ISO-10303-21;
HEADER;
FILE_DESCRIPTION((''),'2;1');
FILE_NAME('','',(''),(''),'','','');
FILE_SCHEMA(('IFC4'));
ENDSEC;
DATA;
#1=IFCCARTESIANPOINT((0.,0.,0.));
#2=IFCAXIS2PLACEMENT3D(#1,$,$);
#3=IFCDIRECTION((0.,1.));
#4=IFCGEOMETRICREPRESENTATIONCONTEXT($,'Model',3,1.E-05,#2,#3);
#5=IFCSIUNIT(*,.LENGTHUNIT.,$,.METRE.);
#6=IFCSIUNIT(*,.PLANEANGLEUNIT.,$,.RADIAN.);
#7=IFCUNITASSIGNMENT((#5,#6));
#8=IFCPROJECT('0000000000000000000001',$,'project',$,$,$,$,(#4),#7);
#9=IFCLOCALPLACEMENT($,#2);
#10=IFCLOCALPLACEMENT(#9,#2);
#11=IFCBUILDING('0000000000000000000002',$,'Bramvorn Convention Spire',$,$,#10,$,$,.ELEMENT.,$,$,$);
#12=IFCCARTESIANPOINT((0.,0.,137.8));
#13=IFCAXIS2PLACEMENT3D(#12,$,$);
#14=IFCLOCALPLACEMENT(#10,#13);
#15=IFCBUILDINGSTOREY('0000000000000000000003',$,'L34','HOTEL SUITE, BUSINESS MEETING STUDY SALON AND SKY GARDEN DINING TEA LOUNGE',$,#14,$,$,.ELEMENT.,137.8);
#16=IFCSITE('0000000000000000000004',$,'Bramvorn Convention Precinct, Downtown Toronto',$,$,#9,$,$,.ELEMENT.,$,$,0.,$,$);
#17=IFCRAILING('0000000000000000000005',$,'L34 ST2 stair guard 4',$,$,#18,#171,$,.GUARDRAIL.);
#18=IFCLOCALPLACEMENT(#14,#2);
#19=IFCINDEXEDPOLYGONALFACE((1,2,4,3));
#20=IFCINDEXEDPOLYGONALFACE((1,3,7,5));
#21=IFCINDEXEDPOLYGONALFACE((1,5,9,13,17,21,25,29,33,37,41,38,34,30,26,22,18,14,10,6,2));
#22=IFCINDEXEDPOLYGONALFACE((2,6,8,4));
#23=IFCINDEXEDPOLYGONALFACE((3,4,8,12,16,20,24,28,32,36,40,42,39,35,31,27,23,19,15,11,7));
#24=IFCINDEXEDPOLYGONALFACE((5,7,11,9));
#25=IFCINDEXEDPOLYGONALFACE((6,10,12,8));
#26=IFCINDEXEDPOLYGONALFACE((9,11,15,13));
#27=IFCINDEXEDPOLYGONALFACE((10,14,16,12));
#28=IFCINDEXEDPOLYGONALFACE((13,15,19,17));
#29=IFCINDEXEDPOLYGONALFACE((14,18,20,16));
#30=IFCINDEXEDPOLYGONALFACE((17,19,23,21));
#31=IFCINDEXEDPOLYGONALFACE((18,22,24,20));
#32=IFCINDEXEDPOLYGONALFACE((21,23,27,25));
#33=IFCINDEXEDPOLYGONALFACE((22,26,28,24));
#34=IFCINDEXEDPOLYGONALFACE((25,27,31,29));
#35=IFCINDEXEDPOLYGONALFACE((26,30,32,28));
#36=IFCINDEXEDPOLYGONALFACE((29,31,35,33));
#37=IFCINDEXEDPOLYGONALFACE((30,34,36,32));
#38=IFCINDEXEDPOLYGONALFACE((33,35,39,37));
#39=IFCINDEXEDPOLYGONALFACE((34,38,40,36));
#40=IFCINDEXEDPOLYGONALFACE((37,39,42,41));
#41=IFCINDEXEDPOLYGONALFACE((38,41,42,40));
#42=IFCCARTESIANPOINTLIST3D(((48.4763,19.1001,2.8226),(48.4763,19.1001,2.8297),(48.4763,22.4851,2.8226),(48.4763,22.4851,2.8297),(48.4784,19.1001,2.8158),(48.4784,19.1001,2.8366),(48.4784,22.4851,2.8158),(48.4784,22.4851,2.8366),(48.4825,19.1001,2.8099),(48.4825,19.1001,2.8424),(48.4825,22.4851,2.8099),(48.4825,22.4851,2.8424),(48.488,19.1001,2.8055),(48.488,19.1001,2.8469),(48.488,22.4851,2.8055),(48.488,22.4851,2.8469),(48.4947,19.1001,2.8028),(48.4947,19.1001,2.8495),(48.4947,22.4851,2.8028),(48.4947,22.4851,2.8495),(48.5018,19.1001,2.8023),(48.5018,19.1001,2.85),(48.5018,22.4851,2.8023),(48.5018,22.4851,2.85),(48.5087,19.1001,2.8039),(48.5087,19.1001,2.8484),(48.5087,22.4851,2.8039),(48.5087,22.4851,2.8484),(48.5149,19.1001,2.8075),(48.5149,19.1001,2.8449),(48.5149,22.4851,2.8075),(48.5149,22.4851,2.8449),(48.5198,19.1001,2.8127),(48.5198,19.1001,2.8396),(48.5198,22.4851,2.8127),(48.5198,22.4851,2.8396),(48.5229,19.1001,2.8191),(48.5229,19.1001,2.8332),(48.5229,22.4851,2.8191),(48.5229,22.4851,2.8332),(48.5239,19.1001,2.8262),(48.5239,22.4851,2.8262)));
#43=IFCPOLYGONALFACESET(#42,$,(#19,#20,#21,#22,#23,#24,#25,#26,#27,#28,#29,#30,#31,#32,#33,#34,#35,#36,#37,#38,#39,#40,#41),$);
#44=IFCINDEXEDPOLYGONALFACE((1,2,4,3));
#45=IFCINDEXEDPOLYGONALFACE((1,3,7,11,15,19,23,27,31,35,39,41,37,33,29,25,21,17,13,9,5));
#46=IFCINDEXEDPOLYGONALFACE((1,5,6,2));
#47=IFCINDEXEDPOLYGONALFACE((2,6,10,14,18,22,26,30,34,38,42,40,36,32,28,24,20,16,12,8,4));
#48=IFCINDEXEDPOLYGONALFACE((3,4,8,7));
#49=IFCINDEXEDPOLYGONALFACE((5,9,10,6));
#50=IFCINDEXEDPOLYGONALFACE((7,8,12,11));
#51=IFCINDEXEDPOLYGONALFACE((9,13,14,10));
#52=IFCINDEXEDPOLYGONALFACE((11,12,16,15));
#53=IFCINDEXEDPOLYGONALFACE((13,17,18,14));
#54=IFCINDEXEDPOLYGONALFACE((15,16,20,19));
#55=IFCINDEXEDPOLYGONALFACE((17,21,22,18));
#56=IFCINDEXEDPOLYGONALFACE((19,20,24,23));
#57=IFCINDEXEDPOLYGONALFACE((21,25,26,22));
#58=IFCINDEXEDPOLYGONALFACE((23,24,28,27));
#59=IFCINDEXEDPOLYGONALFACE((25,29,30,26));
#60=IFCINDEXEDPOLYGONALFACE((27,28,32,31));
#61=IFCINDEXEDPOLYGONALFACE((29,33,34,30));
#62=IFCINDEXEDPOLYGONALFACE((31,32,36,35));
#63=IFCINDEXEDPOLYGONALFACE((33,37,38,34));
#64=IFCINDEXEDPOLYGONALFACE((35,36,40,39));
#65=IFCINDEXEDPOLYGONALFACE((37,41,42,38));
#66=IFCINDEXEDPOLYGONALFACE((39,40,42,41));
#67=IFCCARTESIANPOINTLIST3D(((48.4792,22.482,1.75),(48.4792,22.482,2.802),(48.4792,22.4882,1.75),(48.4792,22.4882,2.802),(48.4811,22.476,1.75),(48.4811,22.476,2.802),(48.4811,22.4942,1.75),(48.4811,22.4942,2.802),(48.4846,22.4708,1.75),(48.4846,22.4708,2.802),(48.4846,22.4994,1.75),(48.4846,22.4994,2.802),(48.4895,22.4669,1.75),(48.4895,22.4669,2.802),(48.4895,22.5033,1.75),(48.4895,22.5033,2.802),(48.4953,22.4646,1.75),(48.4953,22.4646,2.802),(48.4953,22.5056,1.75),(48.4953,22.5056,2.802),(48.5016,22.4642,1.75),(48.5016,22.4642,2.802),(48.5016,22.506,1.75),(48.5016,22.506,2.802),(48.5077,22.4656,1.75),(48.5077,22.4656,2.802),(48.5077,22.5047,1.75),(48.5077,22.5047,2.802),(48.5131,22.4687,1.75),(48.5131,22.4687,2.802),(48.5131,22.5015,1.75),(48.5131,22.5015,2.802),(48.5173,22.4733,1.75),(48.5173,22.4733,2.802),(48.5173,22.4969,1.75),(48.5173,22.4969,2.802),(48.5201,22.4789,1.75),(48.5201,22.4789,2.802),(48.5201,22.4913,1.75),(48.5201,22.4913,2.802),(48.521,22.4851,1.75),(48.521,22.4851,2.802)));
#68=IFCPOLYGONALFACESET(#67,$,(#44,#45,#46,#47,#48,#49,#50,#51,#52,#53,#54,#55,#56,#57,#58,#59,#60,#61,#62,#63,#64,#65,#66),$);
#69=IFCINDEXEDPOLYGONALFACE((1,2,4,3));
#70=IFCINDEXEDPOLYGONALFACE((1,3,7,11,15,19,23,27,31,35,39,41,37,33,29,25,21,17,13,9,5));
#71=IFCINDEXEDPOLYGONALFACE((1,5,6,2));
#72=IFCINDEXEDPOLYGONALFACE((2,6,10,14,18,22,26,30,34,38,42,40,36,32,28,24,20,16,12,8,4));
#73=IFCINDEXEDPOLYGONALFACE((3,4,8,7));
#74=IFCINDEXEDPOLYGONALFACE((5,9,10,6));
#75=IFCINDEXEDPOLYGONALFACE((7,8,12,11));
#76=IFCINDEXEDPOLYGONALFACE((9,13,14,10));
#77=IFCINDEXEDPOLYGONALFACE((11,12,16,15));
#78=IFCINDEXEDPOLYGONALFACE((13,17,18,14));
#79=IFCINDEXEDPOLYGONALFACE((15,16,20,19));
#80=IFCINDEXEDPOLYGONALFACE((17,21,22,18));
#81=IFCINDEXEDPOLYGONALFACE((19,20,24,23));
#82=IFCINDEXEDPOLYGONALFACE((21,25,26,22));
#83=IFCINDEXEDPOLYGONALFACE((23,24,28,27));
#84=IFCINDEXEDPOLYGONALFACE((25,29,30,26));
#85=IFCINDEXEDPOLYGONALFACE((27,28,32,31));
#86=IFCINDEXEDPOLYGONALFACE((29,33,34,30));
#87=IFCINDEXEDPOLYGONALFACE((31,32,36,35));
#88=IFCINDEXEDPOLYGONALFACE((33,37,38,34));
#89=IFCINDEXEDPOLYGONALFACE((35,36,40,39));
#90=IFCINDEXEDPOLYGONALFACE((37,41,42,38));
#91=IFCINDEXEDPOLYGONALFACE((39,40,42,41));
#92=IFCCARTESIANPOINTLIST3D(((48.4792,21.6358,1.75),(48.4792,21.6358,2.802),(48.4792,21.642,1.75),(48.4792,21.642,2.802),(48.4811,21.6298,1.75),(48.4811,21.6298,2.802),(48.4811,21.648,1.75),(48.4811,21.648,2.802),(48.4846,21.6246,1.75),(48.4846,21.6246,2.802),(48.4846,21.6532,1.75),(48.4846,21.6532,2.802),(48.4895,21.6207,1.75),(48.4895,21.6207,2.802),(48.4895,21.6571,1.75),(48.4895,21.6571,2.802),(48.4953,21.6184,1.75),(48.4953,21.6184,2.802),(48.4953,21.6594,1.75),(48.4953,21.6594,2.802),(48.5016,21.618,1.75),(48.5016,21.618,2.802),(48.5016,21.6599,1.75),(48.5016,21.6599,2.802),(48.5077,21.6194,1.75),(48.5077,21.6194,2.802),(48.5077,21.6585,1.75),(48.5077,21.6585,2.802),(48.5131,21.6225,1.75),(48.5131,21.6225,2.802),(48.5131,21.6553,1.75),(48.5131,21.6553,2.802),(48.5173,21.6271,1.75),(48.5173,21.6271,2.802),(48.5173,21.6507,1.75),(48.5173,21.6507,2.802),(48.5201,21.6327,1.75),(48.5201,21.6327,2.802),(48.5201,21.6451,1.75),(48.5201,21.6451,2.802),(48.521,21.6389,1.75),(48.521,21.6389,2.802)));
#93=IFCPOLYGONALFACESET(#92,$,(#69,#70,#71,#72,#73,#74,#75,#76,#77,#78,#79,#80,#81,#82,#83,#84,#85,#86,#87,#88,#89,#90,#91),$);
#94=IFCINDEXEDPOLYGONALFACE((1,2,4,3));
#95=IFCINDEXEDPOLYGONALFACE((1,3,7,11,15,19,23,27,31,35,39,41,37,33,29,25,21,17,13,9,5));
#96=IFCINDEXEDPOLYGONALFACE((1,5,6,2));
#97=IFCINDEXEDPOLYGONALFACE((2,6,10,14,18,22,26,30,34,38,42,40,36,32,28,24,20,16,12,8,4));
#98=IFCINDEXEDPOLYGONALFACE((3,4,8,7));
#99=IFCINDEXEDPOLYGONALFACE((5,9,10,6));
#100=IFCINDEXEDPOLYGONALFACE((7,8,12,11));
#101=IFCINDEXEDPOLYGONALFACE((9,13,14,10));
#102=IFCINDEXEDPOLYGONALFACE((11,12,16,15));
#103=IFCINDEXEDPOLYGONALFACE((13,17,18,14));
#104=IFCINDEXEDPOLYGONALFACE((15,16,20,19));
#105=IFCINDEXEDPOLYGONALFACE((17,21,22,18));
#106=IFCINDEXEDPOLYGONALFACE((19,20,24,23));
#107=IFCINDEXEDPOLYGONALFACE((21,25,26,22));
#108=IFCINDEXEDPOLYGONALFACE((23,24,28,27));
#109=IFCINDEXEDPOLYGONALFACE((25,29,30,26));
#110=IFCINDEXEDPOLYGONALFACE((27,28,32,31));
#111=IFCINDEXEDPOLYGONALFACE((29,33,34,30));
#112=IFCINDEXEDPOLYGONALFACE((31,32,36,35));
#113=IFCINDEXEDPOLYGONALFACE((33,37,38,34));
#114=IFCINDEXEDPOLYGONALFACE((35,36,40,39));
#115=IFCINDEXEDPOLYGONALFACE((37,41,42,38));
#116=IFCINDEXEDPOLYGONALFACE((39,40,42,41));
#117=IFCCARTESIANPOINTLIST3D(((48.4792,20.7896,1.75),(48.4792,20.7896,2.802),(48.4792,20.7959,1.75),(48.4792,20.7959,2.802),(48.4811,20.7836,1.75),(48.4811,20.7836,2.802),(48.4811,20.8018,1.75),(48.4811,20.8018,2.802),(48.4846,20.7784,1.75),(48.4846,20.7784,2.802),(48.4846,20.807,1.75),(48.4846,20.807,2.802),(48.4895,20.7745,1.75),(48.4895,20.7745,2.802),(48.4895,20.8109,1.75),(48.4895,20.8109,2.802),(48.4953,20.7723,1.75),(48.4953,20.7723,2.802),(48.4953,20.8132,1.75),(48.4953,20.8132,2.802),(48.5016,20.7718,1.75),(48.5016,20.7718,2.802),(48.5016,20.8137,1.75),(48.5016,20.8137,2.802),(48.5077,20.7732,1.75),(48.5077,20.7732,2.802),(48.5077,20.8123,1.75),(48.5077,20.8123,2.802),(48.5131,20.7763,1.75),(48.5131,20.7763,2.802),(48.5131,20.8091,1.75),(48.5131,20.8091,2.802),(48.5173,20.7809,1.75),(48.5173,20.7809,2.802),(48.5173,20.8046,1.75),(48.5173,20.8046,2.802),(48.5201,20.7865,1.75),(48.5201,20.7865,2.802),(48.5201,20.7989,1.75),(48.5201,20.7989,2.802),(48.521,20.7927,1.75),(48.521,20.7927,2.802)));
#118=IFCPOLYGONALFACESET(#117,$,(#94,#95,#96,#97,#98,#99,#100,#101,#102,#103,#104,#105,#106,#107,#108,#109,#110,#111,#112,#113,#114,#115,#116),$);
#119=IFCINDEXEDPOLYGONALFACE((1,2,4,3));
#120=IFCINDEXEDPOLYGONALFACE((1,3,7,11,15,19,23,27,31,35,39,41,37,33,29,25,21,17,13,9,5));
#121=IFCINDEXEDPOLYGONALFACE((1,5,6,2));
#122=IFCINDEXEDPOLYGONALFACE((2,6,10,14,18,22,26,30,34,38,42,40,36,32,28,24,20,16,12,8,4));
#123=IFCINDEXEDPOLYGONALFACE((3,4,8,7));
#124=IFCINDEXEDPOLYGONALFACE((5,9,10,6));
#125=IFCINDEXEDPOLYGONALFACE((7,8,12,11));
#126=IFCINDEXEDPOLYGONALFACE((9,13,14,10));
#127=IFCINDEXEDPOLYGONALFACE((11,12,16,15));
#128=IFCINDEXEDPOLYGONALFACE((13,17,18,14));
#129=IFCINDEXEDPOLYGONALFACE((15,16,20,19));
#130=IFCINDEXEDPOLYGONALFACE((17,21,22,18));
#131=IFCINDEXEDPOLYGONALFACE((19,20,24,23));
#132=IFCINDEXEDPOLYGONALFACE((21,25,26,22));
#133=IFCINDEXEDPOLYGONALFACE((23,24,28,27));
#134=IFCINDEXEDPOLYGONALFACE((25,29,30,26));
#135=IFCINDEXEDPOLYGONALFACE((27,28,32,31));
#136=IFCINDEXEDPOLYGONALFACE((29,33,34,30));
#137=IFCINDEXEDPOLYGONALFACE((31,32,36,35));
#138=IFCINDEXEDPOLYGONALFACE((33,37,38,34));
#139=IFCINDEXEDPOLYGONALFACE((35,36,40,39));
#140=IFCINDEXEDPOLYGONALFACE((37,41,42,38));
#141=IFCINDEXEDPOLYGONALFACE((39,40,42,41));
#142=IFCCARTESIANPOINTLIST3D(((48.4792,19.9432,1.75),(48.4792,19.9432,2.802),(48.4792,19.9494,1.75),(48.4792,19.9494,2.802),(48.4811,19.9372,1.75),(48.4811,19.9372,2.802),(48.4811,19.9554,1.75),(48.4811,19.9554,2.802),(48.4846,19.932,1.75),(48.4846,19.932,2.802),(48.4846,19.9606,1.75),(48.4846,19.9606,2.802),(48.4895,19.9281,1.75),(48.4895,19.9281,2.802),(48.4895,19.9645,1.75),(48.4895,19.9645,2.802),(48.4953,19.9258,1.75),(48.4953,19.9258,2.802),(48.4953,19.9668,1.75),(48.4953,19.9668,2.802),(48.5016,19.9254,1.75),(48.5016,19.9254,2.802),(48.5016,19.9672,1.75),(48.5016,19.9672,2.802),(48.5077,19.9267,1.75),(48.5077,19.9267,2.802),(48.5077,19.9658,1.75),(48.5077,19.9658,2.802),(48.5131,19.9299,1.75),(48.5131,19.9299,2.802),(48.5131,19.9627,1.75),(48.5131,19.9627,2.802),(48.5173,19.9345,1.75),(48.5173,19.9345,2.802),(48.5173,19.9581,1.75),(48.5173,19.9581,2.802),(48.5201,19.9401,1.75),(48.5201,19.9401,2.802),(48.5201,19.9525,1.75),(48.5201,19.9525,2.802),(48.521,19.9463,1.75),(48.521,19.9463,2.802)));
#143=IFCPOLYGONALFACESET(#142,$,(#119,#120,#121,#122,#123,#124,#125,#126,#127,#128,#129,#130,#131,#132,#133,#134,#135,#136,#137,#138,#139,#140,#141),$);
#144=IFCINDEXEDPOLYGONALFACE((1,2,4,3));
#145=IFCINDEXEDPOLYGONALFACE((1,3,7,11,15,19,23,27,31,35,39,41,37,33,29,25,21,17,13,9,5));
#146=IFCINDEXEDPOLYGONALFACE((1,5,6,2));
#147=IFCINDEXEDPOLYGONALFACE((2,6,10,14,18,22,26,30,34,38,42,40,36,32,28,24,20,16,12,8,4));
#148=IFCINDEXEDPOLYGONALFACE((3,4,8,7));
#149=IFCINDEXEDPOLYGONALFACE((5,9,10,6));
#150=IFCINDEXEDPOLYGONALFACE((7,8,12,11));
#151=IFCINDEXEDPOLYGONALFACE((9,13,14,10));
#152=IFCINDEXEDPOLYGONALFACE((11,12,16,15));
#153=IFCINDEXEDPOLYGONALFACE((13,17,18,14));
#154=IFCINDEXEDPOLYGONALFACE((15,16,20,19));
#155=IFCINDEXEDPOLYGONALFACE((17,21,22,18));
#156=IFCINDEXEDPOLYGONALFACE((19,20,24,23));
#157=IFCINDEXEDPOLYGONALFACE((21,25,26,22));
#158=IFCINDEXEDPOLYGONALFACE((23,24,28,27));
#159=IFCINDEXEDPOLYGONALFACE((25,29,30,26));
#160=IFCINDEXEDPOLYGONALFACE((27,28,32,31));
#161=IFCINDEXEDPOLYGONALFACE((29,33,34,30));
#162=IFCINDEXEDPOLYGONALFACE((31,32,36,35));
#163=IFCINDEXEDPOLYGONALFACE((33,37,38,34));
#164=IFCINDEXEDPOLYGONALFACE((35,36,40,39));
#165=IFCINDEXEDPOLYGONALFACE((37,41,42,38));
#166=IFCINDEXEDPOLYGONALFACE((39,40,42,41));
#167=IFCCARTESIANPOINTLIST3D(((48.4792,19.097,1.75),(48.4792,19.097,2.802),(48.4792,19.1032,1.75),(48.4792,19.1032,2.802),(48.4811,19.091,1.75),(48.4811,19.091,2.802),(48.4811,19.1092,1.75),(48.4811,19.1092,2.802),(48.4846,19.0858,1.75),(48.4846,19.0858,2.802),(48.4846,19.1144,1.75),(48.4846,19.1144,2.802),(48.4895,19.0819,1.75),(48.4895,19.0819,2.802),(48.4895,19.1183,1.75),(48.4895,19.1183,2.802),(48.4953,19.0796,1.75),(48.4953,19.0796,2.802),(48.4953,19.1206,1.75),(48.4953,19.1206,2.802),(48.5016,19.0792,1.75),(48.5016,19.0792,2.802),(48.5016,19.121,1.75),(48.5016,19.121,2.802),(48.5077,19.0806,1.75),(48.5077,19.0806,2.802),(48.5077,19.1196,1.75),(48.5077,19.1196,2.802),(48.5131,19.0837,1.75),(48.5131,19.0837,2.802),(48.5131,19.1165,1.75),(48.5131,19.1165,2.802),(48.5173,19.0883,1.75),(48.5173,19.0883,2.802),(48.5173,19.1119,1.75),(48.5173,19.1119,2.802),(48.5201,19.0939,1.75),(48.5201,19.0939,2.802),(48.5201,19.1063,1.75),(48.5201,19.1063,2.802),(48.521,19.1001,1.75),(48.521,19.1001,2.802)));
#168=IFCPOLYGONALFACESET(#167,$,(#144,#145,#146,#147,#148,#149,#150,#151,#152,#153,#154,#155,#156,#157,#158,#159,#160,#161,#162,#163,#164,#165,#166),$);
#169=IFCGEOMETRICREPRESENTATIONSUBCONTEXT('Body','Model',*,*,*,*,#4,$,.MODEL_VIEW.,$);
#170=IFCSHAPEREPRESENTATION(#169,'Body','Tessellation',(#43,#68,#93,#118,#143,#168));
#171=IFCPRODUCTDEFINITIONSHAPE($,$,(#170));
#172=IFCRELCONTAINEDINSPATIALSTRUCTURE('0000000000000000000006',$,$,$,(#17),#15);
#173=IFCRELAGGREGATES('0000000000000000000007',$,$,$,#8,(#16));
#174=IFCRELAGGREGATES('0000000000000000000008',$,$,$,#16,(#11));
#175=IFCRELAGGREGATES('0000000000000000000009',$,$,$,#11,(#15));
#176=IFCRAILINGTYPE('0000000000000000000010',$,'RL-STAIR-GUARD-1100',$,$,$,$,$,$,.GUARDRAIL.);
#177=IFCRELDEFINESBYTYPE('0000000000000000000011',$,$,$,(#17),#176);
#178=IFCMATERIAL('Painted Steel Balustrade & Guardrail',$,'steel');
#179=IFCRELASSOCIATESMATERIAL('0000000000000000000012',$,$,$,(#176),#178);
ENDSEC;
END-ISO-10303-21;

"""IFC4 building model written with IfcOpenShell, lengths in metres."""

from ifc_helpers import new_model, si_unit, direction, frame, origin, origin_2d, place, context, subcontext, project, spatial, circle, extrude, material, type_object, element, save


model = new_model("IFC4")

# Units and contexts
model_context = context("Model", 3, precision=1e-05, world=origin(), true_north=direction((0.0, 1.0)))
body_context = subcontext(model_context, "Body", "Model", "MODEL_VIEW")
ifc_project = project(units=[si_unit("LENGTHUNIT", "METRE"), si_unit("PLANEANGLEUNIT", "RADIAN")], contexts=[model_context])

# Site, building, storey
site_placement = place(None, origin())
site = spatial("IfcSite", under=ifc_project, at=site_placement, Name="Bramvorn Convention Precinct, Downtown Toronto", CompositionType="ELEMENT", RefElevation=0.0)
building_placement = place(site_placement, origin())
building = spatial("IfcBuilding", under=site, at=building_placement, Name="Bramvorn Convention Spire", CompositionType="ELEMENT")
storey_placement = place(building_placement, frame((0.0, 0.0, 137.8)))
storey = spatial("IfcBuildingStorey", under=building, at=storey_placement, Name="L34", Description="HOTEL SUITE, BUSINESS MEETING STUDY SALON AND SKY GARDEN DINING TEA LOUNGE", CompositionType="ELEMENT", Elevation=137.8)

# Railing
ifc_material_1 = material(Name="Painted Steel Balustrade & Guardrail", Category="steel")
railing_type_1 = type_object("IfcRailingType", Name="RL-STAIR-GUARD-1100", PredefinedType="GUARDRAIL", material=ifc_material_1)
railing_1_placement = place(storey_placement, frame((48.5, 22.4851, 1.75)))
element("IfcRailing", 1, at=railing_1_placement, inside=storey, type_object=railing_type_1, Name="L34 ST2 stair guard 4", PredefinedType="GUARDRAIL", context=body_context, shape_type="SweptSolid", body=[
    extrude(circle(Radius=0.0239, at=origin_2d()), frame((0.0, 0.0, 1.0762), z_axis=(0.0, -1.0, 0.0), x_axis=(1.0, 0.0, 0.0)), (0.0, 0.0, 1.0), 3.385),
    extrude(circle(Radius=0.021, at=origin_2d()), origin(), (0.0, 0.0, 1.0), 1.052),
    extrude(circle(Radius=0.021, at=origin_2d()), frame((0.0, -0.8462, 0.0)), (0.0, 0.0, 1.0), 1.052),
    extrude(circle(Radius=0.021, at=origin_2d()), frame((0.0, -1.6924, 0.0)), (0.0, 0.0, 1.0), 1.052),
    extrude(circle(Radius=0.021, at=origin_2d()), frame((0.0, -2.5388, 0.0)), (0.0, 0.0, 1.0), 1.052),
    extrude(circle(Radius=0.021, at=origin_2d()), frame((0.0, -3.385, 0.0)), (0.0, 0.0, 1.0), 1.052),
])

save(model, "model.ifc")
